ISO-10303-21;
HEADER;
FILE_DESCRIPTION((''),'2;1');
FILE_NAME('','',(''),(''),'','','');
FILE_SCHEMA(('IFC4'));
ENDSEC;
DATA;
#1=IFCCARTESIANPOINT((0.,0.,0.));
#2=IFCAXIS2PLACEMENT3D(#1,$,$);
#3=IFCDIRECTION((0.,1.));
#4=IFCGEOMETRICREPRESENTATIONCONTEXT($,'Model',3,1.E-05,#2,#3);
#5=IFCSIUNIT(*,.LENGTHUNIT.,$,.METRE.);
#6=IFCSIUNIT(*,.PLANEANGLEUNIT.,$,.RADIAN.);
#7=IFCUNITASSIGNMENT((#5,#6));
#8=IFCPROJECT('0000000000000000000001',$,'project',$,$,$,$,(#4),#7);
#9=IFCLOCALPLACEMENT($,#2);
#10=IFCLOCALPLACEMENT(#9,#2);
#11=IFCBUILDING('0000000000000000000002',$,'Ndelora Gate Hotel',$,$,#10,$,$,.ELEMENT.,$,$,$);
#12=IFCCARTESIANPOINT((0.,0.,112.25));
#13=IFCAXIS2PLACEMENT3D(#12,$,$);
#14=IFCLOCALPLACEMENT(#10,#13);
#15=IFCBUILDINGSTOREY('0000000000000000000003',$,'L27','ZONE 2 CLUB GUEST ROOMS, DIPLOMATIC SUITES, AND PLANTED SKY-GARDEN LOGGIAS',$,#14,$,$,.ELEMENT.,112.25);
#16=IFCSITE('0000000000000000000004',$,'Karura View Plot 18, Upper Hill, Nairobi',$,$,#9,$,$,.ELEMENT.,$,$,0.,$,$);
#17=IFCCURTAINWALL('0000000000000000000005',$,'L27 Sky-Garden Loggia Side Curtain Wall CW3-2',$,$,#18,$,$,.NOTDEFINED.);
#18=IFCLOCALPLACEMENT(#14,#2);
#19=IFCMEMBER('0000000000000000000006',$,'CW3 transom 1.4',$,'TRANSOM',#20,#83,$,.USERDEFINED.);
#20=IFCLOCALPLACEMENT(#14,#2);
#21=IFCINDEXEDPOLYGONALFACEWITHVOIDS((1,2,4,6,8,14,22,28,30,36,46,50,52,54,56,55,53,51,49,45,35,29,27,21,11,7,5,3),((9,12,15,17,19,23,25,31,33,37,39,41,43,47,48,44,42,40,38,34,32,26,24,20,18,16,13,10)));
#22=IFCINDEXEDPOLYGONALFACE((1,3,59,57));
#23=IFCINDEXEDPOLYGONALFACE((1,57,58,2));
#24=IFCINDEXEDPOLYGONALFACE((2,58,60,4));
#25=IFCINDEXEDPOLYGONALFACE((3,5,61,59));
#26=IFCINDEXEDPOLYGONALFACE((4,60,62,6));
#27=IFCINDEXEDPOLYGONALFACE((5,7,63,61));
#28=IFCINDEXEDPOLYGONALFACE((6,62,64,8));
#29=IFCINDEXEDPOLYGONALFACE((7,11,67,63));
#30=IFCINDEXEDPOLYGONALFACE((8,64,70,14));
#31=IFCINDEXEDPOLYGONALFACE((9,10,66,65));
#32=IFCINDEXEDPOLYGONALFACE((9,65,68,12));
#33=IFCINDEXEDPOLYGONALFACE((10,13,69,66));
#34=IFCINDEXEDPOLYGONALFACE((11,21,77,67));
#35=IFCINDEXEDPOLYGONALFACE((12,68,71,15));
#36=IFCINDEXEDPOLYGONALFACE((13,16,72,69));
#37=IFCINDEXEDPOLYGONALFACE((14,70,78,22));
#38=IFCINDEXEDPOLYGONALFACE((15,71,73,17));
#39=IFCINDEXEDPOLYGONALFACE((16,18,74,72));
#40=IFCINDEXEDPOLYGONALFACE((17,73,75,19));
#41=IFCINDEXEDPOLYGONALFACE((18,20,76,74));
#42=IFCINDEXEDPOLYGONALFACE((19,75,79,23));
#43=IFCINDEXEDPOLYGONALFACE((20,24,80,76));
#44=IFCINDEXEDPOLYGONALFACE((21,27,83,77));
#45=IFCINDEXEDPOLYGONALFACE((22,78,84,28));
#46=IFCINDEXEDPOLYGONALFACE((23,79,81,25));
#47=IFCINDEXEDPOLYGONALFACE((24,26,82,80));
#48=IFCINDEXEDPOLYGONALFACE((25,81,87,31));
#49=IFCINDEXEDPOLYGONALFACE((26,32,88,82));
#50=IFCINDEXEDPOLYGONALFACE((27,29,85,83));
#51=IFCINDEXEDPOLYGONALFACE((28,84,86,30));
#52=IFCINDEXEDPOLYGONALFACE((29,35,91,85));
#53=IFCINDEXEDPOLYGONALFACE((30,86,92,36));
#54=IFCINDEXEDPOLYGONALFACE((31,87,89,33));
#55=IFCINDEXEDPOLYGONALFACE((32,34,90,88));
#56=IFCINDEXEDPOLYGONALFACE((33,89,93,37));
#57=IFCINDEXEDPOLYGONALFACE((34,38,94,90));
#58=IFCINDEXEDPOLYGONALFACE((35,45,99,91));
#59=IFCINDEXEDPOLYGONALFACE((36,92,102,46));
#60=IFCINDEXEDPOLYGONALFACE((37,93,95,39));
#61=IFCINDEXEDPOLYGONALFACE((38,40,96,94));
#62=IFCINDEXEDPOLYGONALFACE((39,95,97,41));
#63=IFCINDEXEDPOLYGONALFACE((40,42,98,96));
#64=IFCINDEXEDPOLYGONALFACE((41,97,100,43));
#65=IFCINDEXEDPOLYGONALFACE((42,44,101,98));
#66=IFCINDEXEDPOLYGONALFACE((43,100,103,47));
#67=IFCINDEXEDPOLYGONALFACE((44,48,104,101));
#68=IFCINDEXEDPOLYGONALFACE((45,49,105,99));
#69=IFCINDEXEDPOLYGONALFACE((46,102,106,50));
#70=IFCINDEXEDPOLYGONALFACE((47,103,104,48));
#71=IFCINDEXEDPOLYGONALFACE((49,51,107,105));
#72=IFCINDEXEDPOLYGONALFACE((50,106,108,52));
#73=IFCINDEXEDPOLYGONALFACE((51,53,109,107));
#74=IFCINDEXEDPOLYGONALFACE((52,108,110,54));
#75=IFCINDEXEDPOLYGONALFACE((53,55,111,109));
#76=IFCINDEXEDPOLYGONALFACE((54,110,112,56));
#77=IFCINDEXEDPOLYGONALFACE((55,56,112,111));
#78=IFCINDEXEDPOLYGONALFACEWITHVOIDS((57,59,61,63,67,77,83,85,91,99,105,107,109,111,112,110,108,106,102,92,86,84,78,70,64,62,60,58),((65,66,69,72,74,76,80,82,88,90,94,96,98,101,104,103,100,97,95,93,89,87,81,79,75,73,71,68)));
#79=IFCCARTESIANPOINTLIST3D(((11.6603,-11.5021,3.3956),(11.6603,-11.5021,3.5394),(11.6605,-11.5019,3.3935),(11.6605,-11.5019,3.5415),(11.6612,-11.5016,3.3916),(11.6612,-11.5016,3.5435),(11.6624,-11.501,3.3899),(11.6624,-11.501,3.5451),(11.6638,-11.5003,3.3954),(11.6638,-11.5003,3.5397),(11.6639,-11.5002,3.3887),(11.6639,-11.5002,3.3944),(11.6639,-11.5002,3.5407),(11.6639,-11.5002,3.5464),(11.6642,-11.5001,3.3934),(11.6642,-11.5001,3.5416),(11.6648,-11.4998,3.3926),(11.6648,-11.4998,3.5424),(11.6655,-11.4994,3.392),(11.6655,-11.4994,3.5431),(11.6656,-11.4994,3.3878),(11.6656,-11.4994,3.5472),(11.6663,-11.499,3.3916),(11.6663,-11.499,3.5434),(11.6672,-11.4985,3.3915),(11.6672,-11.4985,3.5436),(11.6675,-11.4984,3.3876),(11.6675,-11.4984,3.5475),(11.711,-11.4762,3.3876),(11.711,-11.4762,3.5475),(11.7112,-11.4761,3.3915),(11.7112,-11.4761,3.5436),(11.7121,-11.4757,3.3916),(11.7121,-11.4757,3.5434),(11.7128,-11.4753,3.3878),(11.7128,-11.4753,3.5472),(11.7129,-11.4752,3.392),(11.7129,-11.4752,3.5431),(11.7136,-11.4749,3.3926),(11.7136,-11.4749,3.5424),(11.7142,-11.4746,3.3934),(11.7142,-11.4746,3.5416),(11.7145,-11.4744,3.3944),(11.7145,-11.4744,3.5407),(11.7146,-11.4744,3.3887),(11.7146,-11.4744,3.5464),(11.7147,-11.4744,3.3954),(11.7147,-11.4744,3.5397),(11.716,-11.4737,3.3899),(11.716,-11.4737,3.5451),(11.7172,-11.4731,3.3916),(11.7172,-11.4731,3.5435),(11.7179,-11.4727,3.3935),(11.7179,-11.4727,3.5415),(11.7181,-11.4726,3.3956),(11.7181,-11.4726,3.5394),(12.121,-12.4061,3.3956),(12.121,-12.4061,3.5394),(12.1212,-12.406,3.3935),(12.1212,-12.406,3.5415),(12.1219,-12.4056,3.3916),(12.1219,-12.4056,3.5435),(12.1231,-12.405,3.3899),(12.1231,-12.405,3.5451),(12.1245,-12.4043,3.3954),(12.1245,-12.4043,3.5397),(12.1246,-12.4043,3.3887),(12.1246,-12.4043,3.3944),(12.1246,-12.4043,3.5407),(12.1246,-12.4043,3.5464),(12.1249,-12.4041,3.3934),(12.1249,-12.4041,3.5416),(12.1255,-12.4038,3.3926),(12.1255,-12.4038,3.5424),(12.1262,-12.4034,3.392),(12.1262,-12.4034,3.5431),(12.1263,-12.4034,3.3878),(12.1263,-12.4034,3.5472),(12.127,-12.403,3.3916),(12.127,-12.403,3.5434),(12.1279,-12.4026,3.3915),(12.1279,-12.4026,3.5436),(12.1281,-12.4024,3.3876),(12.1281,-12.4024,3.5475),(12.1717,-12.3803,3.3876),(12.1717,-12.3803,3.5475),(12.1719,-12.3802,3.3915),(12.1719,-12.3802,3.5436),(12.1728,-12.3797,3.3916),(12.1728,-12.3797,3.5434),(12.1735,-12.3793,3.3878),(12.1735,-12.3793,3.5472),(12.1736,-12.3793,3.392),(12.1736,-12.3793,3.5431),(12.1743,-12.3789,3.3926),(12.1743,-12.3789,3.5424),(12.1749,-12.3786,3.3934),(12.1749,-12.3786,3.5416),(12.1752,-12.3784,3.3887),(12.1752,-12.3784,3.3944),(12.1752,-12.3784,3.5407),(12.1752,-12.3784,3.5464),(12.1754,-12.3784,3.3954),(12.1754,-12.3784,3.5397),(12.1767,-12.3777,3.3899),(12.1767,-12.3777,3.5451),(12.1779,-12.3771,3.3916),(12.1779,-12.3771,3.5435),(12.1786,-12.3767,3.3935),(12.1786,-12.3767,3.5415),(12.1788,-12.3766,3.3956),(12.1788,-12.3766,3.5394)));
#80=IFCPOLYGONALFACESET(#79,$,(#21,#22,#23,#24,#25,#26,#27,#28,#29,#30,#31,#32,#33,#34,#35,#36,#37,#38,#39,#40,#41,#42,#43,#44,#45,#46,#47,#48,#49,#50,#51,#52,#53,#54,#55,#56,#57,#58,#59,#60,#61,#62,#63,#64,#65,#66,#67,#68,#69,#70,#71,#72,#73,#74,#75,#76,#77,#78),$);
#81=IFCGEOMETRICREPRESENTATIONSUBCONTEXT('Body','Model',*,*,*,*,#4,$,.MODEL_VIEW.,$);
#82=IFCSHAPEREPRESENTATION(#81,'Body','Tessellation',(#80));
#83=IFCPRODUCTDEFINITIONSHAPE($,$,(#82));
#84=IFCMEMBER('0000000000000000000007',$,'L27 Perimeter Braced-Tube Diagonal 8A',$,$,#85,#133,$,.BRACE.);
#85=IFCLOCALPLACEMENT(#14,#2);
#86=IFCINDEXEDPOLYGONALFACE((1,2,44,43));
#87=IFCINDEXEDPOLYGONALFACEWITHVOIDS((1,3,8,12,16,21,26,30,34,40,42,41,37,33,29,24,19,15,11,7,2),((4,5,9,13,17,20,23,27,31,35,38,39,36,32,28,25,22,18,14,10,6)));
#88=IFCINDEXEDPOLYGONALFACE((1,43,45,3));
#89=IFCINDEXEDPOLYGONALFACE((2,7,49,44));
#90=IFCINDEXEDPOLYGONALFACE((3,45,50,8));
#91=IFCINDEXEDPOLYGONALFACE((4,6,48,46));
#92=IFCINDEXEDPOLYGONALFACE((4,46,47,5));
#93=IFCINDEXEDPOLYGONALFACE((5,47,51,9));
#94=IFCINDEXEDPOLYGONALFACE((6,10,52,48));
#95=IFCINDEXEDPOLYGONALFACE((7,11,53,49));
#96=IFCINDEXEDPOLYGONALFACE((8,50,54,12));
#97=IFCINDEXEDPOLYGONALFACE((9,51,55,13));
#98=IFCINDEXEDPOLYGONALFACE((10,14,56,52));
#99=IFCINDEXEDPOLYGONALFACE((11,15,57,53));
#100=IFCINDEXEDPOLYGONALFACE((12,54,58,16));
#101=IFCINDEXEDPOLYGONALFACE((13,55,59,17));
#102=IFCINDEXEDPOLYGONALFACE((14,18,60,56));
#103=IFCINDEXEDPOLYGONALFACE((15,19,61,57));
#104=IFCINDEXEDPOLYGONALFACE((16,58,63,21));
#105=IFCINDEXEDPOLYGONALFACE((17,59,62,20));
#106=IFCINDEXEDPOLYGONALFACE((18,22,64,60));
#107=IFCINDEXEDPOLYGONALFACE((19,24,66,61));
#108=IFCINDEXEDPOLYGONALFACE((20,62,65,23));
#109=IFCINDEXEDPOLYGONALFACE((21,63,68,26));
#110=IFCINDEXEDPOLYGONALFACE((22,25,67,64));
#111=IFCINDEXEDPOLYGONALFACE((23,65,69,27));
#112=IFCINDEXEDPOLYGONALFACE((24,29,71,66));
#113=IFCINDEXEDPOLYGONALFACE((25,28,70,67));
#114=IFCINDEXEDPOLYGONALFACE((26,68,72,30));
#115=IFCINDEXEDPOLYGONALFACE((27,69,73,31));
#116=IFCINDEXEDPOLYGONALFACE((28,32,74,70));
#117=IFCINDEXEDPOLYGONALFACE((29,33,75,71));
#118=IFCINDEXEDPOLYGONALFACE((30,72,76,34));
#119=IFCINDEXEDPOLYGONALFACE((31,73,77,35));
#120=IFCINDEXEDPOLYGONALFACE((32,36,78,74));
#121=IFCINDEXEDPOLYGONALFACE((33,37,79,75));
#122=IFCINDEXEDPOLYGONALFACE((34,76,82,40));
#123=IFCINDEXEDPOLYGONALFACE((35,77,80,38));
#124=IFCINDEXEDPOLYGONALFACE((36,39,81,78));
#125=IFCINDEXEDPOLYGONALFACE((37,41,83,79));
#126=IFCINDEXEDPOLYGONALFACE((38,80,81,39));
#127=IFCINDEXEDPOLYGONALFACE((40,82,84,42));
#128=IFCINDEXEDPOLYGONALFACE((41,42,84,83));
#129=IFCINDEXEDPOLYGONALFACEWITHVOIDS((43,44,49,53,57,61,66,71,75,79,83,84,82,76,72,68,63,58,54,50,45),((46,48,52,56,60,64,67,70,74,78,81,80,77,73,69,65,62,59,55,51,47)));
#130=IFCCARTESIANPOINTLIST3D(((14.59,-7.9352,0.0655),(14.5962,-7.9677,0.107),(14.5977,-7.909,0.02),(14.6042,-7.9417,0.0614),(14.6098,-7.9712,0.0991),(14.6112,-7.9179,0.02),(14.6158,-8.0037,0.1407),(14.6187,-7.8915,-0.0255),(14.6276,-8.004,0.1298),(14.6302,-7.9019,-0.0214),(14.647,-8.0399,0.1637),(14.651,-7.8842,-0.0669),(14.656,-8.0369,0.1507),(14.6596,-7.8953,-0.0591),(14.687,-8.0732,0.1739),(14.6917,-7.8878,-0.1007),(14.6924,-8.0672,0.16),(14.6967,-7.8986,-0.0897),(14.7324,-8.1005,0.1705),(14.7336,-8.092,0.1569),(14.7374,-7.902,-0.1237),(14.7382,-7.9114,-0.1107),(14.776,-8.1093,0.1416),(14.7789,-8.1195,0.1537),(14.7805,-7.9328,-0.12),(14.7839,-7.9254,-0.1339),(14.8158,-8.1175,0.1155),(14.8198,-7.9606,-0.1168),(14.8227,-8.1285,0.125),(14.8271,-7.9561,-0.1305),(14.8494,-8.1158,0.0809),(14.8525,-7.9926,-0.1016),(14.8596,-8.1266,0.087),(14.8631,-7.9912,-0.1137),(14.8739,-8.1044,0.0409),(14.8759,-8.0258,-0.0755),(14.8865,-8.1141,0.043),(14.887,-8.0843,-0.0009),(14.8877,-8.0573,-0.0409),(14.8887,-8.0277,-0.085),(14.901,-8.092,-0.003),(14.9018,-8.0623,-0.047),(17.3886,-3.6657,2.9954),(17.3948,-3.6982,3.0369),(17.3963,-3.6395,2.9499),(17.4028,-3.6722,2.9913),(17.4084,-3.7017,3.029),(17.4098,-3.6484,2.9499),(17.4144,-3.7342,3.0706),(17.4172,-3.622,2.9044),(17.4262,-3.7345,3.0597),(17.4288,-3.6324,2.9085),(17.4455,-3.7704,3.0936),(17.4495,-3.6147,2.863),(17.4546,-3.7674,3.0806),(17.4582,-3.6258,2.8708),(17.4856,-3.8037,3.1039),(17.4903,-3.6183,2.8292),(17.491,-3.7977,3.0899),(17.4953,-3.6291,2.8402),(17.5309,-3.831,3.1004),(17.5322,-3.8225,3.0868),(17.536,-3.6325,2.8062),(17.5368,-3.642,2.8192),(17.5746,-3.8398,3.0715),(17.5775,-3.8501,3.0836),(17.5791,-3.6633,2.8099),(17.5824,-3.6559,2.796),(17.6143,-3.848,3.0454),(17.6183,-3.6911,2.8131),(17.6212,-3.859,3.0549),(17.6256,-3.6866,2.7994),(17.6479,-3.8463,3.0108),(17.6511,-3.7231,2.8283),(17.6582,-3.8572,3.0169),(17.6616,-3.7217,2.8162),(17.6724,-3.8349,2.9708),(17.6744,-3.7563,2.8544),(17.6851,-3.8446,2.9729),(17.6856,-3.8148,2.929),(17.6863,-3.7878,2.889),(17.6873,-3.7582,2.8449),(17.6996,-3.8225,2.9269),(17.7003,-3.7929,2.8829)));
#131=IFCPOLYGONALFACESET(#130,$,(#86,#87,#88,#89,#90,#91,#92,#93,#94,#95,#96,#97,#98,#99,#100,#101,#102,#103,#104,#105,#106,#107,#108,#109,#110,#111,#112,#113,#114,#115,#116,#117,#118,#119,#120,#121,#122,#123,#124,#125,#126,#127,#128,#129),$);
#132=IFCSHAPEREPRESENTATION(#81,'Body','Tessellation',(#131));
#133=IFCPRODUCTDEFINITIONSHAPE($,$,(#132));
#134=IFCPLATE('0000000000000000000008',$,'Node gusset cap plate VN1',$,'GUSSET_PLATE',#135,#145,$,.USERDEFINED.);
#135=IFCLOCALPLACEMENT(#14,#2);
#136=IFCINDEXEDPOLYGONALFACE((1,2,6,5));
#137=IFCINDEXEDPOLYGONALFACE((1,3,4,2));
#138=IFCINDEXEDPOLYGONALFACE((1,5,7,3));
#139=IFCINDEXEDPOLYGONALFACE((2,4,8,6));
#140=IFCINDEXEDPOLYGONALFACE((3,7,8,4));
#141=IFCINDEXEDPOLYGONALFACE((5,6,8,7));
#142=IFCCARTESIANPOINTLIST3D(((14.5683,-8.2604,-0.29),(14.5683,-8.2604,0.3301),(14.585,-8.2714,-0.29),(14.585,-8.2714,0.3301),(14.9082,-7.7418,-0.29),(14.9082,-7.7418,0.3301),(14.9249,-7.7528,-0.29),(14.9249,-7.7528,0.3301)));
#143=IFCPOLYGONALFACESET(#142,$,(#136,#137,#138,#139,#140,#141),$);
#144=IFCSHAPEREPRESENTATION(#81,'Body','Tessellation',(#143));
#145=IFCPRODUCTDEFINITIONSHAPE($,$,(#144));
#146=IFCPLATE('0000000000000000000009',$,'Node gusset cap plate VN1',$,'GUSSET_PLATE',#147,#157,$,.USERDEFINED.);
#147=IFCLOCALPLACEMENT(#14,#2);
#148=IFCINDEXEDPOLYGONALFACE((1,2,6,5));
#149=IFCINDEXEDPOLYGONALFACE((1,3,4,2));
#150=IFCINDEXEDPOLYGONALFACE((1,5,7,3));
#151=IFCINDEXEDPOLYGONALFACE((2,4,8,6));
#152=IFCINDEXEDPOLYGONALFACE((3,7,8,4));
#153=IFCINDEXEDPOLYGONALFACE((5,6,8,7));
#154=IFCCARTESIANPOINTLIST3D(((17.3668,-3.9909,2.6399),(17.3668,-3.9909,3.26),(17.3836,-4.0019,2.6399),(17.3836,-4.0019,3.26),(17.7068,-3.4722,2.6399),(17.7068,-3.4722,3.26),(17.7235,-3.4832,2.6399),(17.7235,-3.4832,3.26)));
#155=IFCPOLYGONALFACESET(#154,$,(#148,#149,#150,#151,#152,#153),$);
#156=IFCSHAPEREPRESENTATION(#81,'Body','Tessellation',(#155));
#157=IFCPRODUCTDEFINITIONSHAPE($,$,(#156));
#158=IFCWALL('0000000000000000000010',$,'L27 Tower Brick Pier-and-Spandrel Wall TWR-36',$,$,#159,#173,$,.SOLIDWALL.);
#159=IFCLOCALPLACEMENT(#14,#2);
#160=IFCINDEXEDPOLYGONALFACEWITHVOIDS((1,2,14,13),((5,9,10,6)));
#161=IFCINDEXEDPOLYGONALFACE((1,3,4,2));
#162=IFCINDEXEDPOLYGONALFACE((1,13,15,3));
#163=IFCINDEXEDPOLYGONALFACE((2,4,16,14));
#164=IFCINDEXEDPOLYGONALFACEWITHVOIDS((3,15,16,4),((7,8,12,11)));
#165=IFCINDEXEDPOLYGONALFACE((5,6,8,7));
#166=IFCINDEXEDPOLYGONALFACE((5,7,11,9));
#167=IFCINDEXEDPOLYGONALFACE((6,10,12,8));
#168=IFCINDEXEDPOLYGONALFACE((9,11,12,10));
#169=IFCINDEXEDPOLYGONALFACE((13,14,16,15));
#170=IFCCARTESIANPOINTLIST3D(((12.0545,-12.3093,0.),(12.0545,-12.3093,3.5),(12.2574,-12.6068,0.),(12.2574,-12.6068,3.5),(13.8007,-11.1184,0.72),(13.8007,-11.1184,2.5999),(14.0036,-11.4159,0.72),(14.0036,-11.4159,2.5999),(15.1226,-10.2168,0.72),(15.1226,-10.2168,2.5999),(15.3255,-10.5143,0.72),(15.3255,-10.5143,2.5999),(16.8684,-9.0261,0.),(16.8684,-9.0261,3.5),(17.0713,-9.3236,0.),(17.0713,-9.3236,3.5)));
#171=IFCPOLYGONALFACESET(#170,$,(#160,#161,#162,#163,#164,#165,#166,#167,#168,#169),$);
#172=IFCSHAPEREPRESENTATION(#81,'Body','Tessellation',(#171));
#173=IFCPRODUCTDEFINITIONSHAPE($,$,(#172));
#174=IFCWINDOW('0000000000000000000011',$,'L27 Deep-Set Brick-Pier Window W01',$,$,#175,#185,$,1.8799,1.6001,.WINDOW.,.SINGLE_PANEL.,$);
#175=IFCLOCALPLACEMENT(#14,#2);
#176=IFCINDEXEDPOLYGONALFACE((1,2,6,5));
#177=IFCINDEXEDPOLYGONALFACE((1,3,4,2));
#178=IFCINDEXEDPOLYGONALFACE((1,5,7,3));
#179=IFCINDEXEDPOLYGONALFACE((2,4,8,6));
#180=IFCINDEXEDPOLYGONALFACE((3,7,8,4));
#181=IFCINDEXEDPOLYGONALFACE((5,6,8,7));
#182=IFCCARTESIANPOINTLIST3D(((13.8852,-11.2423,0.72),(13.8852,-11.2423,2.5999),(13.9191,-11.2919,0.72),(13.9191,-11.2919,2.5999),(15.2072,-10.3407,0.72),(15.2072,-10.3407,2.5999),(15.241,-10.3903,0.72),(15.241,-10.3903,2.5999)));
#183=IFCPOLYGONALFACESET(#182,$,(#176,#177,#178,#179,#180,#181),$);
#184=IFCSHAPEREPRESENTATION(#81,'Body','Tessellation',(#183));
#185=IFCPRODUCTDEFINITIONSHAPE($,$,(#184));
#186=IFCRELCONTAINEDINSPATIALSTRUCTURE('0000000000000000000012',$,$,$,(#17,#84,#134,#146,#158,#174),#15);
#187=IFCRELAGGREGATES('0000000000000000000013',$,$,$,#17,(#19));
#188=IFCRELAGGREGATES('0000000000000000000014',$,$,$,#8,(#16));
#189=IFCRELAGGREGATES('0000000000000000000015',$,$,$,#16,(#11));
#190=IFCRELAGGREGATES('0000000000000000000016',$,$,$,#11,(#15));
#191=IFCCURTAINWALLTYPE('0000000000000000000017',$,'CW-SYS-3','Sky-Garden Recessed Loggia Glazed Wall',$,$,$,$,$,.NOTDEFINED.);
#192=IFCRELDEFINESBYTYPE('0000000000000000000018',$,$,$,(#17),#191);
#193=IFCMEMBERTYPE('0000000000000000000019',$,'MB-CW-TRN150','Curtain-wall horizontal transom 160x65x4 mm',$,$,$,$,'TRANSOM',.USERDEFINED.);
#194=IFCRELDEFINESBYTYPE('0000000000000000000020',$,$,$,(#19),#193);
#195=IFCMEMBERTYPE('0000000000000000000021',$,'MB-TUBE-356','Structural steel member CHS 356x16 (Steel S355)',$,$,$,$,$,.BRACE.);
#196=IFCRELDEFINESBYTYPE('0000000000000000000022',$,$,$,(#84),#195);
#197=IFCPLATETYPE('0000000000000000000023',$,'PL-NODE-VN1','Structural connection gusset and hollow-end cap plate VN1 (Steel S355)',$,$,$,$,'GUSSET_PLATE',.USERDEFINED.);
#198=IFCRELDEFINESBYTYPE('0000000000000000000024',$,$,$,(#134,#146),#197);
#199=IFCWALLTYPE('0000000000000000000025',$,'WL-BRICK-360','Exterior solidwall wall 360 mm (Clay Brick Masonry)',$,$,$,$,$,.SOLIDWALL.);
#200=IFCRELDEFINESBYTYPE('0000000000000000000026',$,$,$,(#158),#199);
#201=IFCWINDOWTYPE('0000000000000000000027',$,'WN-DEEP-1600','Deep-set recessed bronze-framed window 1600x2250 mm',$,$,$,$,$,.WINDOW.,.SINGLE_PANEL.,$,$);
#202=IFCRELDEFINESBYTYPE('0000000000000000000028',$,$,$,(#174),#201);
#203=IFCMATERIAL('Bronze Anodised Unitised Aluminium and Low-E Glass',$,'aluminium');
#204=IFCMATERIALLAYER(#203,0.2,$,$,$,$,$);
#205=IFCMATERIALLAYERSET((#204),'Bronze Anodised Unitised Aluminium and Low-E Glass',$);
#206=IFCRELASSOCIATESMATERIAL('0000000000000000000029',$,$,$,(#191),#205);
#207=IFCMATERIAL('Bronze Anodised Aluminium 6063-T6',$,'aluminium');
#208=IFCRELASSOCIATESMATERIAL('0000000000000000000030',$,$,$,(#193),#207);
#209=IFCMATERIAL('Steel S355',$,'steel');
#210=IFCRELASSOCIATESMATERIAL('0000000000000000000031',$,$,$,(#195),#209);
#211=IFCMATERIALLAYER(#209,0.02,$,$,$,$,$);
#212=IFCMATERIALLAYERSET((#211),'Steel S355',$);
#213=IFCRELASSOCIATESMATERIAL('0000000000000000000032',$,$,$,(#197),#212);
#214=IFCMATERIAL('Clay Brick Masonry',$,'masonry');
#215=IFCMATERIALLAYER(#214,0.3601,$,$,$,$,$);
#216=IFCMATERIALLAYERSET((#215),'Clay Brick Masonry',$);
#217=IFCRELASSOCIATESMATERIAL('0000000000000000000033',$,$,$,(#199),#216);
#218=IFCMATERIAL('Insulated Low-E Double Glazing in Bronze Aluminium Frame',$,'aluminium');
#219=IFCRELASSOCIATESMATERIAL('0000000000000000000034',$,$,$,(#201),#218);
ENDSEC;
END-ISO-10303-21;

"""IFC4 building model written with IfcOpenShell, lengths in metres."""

from ifc_helpers import new_model, si_unit, direction, frame, frame_2d, origin, origin_2d, place, context, subcontext, project, spatial, rectangle, hollow_rectangle, hollow_circle, extrude, material, layer, layer_set, material_profile, profile_set, type_object, element, fill, aggregate, save


model = new_model("IFC4")

# Units and contexts
model_context = context("Model", 3, precision=1e-05, world=origin(), true_north=direction((0.0, 1.0)))
body_context = subcontext(model_context, "Body", "Model", "MODEL_VIEW")
ifc_project = project(units=[si_unit("LENGTHUNIT", "METRE"), si_unit("PLANEANGLEUNIT", "RADIAN")], contexts=[model_context])

# Site, building, storey
site_placement = place(None, origin())
site = spatial("IfcSite", under=ifc_project, at=site_placement, Name="Karura View Plot 18, Upper Hill, Nairobi", CompositionType="ELEMENT", RefElevation=0.0)
building_placement = place(site_placement, origin())
building = spatial("IfcBuilding", under=site, at=building_placement, Name="Ndelora Gate Hotel", CompositionType="ELEMENT")
storey_placement = place(building_placement, frame((0.0, 0.0, 112.25)))
storey = spatial("IfcBuildingStorey", under=building, at=storey_placement, Name="L27", Description="ZONE 2 CLUB GUEST ROOMS, DIPLOMATIC SUITES, AND PLANTED SKY-GARDEN LOGGIAS", CompositionType="ELEMENT", Elevation=112.25)

# Shared definitions
ifc_material_1 = material(Name="Steel S355", Category="steel")

# Curtain wall, member
ifc_material_2 = material(Name="Bronze Anodised Unitised Aluminium and Low-E Glass", Category="aluminium")
ifc_layer_1 = layer(ifc_material_2, 0.2)
ifc_layer_set_1 = layer_set([ifc_layer_1], Name="Bronze Anodised Unitised Aluminium and Low-E Glass")
curtain_wall_type = type_object("IfcCurtainWallType", Name="CW-SYS-3", Description="Sky-Garden Recessed Loggia Glazed Wall", PredefinedType="NOTDEFINED", material=ifc_layer_set_1)
curtain_wall_placement = place(storey_placement, origin())
curtain_wall = element("IfcCurtainWall", 1, at=curtain_wall_placement, inside=storey, type_object=curtain_wall_type, Name="L27 Sky-Garden Loggia Side Curtain Wall CW3-2", PredefinedType="NOTDEFINED")
ifc_material_3 = material(Name="Bronze Anodised Aluminium 6063-T6", Category="aluminium")
ifc_material_profile_1 = material_profile(ifc_material_3, hollow_rectangle(XDim=0.0649, YDim=0.1599, WallThickness=0.0039, InnerFilletRadius=0.0039, OuterFilletRadius=0.0081, at=origin_2d()), Name="ALU 160x65x4")
ifc_profile_set_1 = profile_set([ifc_material_profile_1], Name="Bronze Anodised Aluminium 6063-T6")
member_type_1 = type_object("IfcMemberType", Name="MB-CW-TRN150", Description="Curtain-wall horizontal transom 160x65x4 mm", ElementType="TRANSOM", PredefinedType="USERDEFINED", material=ifc_profile_set_1)
member_1_placement = place(storey_placement, frame((12.1499, -12.3914, 3.4675), z_axis=(-0.454034, 0.890984, 0.0), x_axis=(-0.890984, -0.454034, 0.0)))
member_1 = element("IfcMember", 2, at=member_1_placement, type_object=member_type_1, Name="CW3 transom 1.4", ObjectType="TRANSOM", PredefinedType="USERDEFINED", context=body_context, shape_type="SweptSolid", body=[
    extrude(hollow_rectangle(XDim=0.0649, YDim=0.1599, WallThickness=0.0039, InnerFilletRadius=0.0039, OuterFilletRadius=0.0081, at=origin_2d()), origin(), (0.0, 0.0, 1.0), 1.0146),
])
aggregate(curtain_wall, [member_1])

# Member
ifc_material_profile_2 = material_profile(ifc_material_1, hollow_circle(Radius=0.178, WallThickness=0.0161, at=origin_2d()), Name="CHS 356x16")
ifc_profile_set_2 = profile_set([ifc_material_profile_2], Name="Steel S355")
member_type_2 = type_object("IfcMemberType", Name="MB-TUBE-356", Description="Structural steel member CHS 356x16 (Steel S355)", PredefinedType="BRACE", material=ifc_profile_set_2)
member_2_placement = place(storey_placement, frame((14.7466, -8.0066, 0.02), z_axis=(0.475461, 0.725366, 0.497776), x_axis=(-0.836344, 0.548205, 0.0)))
element("IfcMember", 3, at=member_2_placement, inside=storey, type_object=member_type_2, Name="L27 Perimeter Braced-Tube Diagonal 8A", PredefinedType="BRACE", context=body_context, shape_type="SweptSolid", body=[
    extrude(hollow_circle(Radius=0.178, WallThickness=0.0161, at=origin_2d()), origin(), (0.0, 0.0, 1.0), 5.886),
])

# Plates
ifc_layer_2 = layer(ifc_material_1, 0.02)
ifc_layer_set_2 = layer_set([ifc_layer_2], Name="Steel S355")
plate_type = type_object("IfcPlateType", Name="PL-NODE-VN1", Description="Structural connection gusset and hollow-end cap plate VN1 (Steel S355)", ElementType="GUSSET_PLATE", PredefinedType="USERDEFINED", material=ifc_layer_set_2)
for number, where, z_axis, x_axis, name in (
    (4, (14.7466, -8.0066, -0.29), (0.0, 0.0, 1.0), (0.548147, 0.836382, 0.0), "Node gusset cap plate VN1"),
    (5, (17.5452, -3.7371, 2.6399), (0.0, 0.0, 1.0), (0.548147, 0.836382, 0.0), "Node gusset cap plate VN1"),
):
    element("IfcPlate", number, at=place(storey_placement, frame(where, z_axis=z_axis, x_axis=x_axis)), inside=storey, type_object=plate_type, Name=name, ObjectType="GUSSET_PLATE", PredefinedType="USERDEFINED", context=body_context, shape_type="SweptSolid", body=[
        extrude(rectangle(XDim=0.6201, YDim=0.02, at=origin_2d()), origin(), (0.0, 0.0, 1.0), 0.6201),
    ])

# Wall, opening, window
ifc_material_4 = material(Name="Clay Brick Masonry", Category="masonry")
ifc_layer_3 = layer(ifc_material_4, 0.3601)
ifc_layer_set_3 = layer_set([ifc_layer_3], Name="Clay Brick Masonry")
wall_type = type_object("IfcWallType", Name="WL-BRICK-360", Description="Exterior solidwall wall 360 mm (Clay Brick Masonry)", PredefinedType="SOLIDWALL", material=ifc_layer_set_3)
wall_1_placement = place(storey_placement, frame((16.97, -9.1748, 0.0), z_axis=(0.0, 0.0, 1.0), x_axis=(-0.826151, -0.563449, 0.0)))
wall_1 = element("IfcWall", 6, at=wall_1_placement, inside=storey, type_object=wall_type, Name="L27 Tower Brick Pier-and-Spandrel Wall TWR-36", PredefinedType="SOLIDWALL", context=body_context, shape_type="SweptSolid", body=[
    extrude(rectangle(XDim=5.8269, YDim=0.3601, at=frame_2d((2.9136, 0.0))), origin(), (0.0, 0.0, 1.0), 3.5),
])
opening_1_placement = place(wall_1_placement, frame((2.1133, 0.0, 0.72)))
opening_1 = element("IfcOpeningElement", 7, at=opening_1_placement, cuts=wall_1, PredefinedType="OPENING", context=body_context, shape_type="SweptSolid", body=[
    extrude(rectangle(XDim=1.6001, YDim=1.8799, at=frame_2d((0.8, 0.9399))), frame((0.0, 0.1899, 0.0), z_axis=(0.0, -1.0, 0.0), x_axis=(1.0, 0.0, 0.0)), (0.0, 0.0, 1.0), 0.3801),
])
ifc_material_5 = material(Name="Insulated Low-E Double Glazing in Bronze Aluminium Frame", Category="aluminium")
window_type_1 = type_object("IfcWindowType", Name="WN-DEEP-1600", Description="Deep-set recessed bronze-framed window 1600x2250 mm", PartitioningType="SINGLE_PANEL", PredefinedType="WINDOW", material=ifc_material_5)
window_1_placement = place(opening_1_placement, origin())
window_1 = element("IfcWindow", 8, at=window_1_placement, inside=storey, type_object=window_type_1, Name="L27 Deep-Set Brick-Pier Window W01", OverallHeight=1.8799, OverallWidth=1.6001, PartitioningType="SINGLE_PANEL", PredefinedType="WINDOW", context=body_context, shape_type="SweptSolid", body=[
    extrude(rectangle(XDim=1.6001, YDim=1.8799, at=frame_2d((0.8, 0.9399))), frame((0.0, 0.03, 0.0), z_axis=(0.0, -1.0, 0.0), x_axis=(1.0, 0.0, 0.0)), (0.0, 0.0, 1.0), 0.0601),
])
fill(opening_1, window_1)

save(model, "model.ifc")
